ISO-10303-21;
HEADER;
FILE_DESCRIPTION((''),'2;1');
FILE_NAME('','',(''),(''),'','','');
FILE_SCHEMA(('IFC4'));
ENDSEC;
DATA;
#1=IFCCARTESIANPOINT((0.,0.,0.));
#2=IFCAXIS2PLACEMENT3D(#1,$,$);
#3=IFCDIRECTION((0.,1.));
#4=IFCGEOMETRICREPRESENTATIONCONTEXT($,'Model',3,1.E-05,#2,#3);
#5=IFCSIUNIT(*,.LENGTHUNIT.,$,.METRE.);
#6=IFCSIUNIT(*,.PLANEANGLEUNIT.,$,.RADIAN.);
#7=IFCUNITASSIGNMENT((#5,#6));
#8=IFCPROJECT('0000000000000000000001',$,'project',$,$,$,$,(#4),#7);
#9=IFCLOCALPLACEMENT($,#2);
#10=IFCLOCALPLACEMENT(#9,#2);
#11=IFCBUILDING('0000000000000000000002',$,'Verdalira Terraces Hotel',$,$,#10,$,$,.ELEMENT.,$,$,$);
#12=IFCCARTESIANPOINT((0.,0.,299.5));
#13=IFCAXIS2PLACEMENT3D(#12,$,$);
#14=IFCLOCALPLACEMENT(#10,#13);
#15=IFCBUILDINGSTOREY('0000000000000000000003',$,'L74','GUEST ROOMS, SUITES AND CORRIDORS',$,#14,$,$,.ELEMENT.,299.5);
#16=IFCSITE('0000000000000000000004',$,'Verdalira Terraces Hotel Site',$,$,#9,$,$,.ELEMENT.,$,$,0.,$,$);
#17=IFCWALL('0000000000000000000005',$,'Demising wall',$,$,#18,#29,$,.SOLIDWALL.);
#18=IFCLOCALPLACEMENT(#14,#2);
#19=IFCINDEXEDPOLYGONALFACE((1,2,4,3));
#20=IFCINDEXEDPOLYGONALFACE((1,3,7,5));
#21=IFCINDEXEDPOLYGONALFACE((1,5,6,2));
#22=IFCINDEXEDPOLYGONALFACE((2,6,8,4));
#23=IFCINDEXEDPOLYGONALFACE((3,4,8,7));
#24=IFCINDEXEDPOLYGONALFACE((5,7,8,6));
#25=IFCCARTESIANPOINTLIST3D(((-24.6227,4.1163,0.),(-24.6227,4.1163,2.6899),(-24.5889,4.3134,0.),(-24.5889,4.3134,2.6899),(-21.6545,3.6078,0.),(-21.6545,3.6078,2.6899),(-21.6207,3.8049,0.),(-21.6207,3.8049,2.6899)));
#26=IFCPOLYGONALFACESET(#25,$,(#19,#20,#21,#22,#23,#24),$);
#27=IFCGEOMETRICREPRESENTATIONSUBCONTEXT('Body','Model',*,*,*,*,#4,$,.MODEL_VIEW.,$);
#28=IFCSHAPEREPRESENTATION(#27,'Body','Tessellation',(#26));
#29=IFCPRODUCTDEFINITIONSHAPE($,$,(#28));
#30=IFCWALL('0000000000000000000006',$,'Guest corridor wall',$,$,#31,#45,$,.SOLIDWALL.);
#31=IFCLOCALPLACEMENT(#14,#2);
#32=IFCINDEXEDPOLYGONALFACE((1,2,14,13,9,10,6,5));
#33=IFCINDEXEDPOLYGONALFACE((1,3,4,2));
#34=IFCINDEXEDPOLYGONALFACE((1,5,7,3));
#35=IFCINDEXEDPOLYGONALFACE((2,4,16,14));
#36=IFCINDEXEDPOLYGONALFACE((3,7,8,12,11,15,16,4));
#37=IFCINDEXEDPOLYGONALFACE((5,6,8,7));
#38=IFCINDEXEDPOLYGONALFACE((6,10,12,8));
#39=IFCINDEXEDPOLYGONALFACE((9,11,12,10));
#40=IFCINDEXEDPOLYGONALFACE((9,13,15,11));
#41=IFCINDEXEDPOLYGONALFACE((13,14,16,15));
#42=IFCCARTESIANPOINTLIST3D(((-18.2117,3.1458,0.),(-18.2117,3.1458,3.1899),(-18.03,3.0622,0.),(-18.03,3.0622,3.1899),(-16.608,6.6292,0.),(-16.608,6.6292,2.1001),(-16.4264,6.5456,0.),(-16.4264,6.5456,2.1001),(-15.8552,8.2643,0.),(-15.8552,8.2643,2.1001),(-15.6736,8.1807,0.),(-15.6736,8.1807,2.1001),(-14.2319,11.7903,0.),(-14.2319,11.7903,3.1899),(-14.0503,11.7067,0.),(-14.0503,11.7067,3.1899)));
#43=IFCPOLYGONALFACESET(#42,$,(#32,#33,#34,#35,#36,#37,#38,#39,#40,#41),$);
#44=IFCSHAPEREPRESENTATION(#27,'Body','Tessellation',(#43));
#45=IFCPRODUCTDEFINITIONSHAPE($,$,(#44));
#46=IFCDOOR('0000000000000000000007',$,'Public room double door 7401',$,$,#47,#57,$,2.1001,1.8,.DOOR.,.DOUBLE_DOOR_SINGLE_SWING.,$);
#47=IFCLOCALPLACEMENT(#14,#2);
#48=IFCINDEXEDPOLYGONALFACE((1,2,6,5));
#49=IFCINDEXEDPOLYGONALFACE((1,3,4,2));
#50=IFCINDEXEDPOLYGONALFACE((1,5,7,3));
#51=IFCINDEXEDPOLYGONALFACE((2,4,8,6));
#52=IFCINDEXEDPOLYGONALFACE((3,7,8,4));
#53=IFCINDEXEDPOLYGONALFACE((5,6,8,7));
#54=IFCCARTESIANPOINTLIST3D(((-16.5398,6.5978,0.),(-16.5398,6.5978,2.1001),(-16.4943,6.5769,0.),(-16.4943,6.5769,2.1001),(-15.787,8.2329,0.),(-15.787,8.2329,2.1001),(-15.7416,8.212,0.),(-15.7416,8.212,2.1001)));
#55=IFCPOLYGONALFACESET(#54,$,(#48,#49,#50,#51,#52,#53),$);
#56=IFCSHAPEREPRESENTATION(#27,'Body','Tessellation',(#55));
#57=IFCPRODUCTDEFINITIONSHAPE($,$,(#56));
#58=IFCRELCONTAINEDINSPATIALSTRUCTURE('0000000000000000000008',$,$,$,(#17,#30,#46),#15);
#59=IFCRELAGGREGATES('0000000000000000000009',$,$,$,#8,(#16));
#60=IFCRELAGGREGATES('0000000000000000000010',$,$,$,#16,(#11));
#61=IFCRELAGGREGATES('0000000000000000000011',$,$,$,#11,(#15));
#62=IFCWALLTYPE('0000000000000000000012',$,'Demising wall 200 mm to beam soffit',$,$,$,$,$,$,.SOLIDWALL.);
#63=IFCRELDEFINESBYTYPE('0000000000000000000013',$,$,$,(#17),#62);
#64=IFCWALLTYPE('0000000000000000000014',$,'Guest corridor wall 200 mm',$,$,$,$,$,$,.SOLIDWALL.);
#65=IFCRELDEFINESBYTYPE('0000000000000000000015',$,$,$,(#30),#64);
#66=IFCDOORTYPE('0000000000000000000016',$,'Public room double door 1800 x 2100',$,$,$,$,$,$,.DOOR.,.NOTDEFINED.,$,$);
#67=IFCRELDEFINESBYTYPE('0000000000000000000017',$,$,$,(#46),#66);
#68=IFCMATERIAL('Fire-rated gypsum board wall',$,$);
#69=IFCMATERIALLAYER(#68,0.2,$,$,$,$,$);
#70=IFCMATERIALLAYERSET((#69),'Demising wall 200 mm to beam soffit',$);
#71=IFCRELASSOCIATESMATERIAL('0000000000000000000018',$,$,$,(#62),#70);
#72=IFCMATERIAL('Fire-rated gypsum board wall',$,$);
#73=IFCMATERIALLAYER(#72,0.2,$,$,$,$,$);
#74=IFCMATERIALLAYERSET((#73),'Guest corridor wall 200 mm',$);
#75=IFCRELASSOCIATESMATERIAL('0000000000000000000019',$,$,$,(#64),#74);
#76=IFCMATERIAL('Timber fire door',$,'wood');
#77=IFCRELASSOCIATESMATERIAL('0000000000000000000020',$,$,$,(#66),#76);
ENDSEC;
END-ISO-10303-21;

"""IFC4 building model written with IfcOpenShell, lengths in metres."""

from ifc_helpers import new_model, si_unit, direction, frame, frame_2d, origin, place, context, subcontext, project, spatial, rectangle, extrude, material, layer, layer_set, type_object, element, fill, save


model = new_model("IFC4")

# Units and contexts
model_context = context("Model", 3, precision=1e-05, world=origin(), true_north=direction((0.0, 1.0)))
body_context = subcontext(model_context, "Body", "Model", "MODEL_VIEW")
ifc_project = project(units=[si_unit("LENGTHUNIT", "METRE"), si_unit("PLANEANGLEUNIT", "RADIAN")], contexts=[model_context])

# Site, building, storey
site_placement = place(None, origin())
site = spatial("IfcSite", under=ifc_project, at=site_placement, Name="Verdalira Terraces Hotel Site", CompositionType="ELEMENT", RefElevation=0.0)
building_placement = place(site_placement, origin())
building = spatial("IfcBuilding", under=site, at=building_placement, Name="Verdalira Terraces Hotel", CompositionType="ELEMENT")
storey_placement = place(building_placement, frame((0.0, 0.0, 299.5)))
storey = spatial("IfcBuildingStorey", under=building, at=storey_placement, Name="L74", Description="GUEST ROOMS, SUITES AND CORRIDORS", CompositionType="ELEMENT", Elevation=299.5)

# Wall
ifc_material_1 = material(Name="Fire-rated gypsum board wall")
ifc_layer_1 = layer(ifc_material_1, 0.2)
ifc_layer_set_1 = layer_set([ifc_layer_1], Name="Demising wall 200 mm to beam soffit")
wall_type_1 = type_object("IfcWallType", Name="Demising wall 200 mm to beam soffit", PredefinedType="SOLIDWALL", material=ifc_layer_set_1)
wall_1_placement = place(storey_placement, frame((-21.6375, 3.7063, 0.0), z_axis=(0.0, 0.0, 1.0), x_axis=(-0.985639, 0.168867, 0.0)))
element("IfcWall", 1, at=wall_1_placement, inside=storey, type_object=wall_type_1, Name="Demising wall", PredefinedType="SOLIDWALL", context=body_context, shape_type="SweptSolid", body=[
    extrude(rectangle(XDim=3.0115, YDim=0.2, at=frame_2d((1.5059, 0.0))), origin(), (0.0, 0.0, 1.0), 2.6899),
])

# Wall, opening, door
ifc_material_2 = material(Name="Fire-rated gypsum board wall")
ifc_layer_2 = layer(ifc_material_2, 0.2)
ifc_layer_set_2 = layer_set([ifc_layer_2], Name="Guest corridor wall 200 mm")
wall_type_2 = type_object("IfcWallType", Name="Guest corridor wall 200 mm", PredefinedType="SOLIDWALL", material=ifc_layer_set_2)
wall_2_placement = place(storey_placement, frame((-18.1209, 3.104, 0.0), z_axis=(0.0, 0.0, 1.0), x_axis=(0.418188, 0.908361, 0.0)))
wall_2 = element("IfcWall", 2, at=wall_2_placement, inside=storey, type_object=wall_type_2, Name="Guest corridor wall", PredefinedType="SOLIDWALL", context=body_context, shape_type="SweptSolid", body=[
    extrude(rectangle(XDim=9.5166, YDim=0.2, at=frame_2d((4.7583, 0.0))), origin(), (0.0, 0.0, 1.0), 3.1899),
])
opening_1_placement = place(wall_2_placement, frame((3.835, 0.0, 0.0)))
opening_1 = element("IfcOpeningElement", 3, at=opening_1_placement, cuts=wall_2, PredefinedType="OPENING", context=body_context, shape_type="SweptSolid", body=[
    extrude(rectangle(XDim=1.8, YDim=2.1001, at=frame_2d((0.8999, 1.05))), frame((0.0, 0.1099, 0.0), z_axis=(0.0, -1.0, 0.0), x_axis=(1.0, 0.0, 0.0)), (0.0, 0.0, 1.0), 0.22),
])
ifc_material_3 = material(Name="Timber fire door", Category="wood")
door_type_1 = type_object("IfcDoorType", Name="Public room double door 1800 x 2100", OperationType="NOTDEFINED", PredefinedType="DOOR", material=ifc_material_3)
door_1_placement = place(opening_1_placement, origin())
door_1 = element("IfcDoor", 4, at=door_1_placement, inside=storey, type_object=door_type_1, Name="Public room double door 7401", OperationType="DOUBLE_DOOR_SINGLE_SWING", OverallHeight=2.1001, OverallWidth=1.8, PredefinedType="DOOR", context=body_context, shape_type="SweptSolid", body=[
    extrude(rectangle(XDim=1.8, YDim=2.1001, at=frame_2d((0.8999, 1.05))), frame((0.0, 0.0249, 0.0), z_axis=(0.0, -1.0, 0.0), x_axis=(1.0, 0.0, 0.0)), (0.0, 0.0, 1.0), 0.05),
])
fill(opening_1, door_1)

save(model, "model.ifc")
